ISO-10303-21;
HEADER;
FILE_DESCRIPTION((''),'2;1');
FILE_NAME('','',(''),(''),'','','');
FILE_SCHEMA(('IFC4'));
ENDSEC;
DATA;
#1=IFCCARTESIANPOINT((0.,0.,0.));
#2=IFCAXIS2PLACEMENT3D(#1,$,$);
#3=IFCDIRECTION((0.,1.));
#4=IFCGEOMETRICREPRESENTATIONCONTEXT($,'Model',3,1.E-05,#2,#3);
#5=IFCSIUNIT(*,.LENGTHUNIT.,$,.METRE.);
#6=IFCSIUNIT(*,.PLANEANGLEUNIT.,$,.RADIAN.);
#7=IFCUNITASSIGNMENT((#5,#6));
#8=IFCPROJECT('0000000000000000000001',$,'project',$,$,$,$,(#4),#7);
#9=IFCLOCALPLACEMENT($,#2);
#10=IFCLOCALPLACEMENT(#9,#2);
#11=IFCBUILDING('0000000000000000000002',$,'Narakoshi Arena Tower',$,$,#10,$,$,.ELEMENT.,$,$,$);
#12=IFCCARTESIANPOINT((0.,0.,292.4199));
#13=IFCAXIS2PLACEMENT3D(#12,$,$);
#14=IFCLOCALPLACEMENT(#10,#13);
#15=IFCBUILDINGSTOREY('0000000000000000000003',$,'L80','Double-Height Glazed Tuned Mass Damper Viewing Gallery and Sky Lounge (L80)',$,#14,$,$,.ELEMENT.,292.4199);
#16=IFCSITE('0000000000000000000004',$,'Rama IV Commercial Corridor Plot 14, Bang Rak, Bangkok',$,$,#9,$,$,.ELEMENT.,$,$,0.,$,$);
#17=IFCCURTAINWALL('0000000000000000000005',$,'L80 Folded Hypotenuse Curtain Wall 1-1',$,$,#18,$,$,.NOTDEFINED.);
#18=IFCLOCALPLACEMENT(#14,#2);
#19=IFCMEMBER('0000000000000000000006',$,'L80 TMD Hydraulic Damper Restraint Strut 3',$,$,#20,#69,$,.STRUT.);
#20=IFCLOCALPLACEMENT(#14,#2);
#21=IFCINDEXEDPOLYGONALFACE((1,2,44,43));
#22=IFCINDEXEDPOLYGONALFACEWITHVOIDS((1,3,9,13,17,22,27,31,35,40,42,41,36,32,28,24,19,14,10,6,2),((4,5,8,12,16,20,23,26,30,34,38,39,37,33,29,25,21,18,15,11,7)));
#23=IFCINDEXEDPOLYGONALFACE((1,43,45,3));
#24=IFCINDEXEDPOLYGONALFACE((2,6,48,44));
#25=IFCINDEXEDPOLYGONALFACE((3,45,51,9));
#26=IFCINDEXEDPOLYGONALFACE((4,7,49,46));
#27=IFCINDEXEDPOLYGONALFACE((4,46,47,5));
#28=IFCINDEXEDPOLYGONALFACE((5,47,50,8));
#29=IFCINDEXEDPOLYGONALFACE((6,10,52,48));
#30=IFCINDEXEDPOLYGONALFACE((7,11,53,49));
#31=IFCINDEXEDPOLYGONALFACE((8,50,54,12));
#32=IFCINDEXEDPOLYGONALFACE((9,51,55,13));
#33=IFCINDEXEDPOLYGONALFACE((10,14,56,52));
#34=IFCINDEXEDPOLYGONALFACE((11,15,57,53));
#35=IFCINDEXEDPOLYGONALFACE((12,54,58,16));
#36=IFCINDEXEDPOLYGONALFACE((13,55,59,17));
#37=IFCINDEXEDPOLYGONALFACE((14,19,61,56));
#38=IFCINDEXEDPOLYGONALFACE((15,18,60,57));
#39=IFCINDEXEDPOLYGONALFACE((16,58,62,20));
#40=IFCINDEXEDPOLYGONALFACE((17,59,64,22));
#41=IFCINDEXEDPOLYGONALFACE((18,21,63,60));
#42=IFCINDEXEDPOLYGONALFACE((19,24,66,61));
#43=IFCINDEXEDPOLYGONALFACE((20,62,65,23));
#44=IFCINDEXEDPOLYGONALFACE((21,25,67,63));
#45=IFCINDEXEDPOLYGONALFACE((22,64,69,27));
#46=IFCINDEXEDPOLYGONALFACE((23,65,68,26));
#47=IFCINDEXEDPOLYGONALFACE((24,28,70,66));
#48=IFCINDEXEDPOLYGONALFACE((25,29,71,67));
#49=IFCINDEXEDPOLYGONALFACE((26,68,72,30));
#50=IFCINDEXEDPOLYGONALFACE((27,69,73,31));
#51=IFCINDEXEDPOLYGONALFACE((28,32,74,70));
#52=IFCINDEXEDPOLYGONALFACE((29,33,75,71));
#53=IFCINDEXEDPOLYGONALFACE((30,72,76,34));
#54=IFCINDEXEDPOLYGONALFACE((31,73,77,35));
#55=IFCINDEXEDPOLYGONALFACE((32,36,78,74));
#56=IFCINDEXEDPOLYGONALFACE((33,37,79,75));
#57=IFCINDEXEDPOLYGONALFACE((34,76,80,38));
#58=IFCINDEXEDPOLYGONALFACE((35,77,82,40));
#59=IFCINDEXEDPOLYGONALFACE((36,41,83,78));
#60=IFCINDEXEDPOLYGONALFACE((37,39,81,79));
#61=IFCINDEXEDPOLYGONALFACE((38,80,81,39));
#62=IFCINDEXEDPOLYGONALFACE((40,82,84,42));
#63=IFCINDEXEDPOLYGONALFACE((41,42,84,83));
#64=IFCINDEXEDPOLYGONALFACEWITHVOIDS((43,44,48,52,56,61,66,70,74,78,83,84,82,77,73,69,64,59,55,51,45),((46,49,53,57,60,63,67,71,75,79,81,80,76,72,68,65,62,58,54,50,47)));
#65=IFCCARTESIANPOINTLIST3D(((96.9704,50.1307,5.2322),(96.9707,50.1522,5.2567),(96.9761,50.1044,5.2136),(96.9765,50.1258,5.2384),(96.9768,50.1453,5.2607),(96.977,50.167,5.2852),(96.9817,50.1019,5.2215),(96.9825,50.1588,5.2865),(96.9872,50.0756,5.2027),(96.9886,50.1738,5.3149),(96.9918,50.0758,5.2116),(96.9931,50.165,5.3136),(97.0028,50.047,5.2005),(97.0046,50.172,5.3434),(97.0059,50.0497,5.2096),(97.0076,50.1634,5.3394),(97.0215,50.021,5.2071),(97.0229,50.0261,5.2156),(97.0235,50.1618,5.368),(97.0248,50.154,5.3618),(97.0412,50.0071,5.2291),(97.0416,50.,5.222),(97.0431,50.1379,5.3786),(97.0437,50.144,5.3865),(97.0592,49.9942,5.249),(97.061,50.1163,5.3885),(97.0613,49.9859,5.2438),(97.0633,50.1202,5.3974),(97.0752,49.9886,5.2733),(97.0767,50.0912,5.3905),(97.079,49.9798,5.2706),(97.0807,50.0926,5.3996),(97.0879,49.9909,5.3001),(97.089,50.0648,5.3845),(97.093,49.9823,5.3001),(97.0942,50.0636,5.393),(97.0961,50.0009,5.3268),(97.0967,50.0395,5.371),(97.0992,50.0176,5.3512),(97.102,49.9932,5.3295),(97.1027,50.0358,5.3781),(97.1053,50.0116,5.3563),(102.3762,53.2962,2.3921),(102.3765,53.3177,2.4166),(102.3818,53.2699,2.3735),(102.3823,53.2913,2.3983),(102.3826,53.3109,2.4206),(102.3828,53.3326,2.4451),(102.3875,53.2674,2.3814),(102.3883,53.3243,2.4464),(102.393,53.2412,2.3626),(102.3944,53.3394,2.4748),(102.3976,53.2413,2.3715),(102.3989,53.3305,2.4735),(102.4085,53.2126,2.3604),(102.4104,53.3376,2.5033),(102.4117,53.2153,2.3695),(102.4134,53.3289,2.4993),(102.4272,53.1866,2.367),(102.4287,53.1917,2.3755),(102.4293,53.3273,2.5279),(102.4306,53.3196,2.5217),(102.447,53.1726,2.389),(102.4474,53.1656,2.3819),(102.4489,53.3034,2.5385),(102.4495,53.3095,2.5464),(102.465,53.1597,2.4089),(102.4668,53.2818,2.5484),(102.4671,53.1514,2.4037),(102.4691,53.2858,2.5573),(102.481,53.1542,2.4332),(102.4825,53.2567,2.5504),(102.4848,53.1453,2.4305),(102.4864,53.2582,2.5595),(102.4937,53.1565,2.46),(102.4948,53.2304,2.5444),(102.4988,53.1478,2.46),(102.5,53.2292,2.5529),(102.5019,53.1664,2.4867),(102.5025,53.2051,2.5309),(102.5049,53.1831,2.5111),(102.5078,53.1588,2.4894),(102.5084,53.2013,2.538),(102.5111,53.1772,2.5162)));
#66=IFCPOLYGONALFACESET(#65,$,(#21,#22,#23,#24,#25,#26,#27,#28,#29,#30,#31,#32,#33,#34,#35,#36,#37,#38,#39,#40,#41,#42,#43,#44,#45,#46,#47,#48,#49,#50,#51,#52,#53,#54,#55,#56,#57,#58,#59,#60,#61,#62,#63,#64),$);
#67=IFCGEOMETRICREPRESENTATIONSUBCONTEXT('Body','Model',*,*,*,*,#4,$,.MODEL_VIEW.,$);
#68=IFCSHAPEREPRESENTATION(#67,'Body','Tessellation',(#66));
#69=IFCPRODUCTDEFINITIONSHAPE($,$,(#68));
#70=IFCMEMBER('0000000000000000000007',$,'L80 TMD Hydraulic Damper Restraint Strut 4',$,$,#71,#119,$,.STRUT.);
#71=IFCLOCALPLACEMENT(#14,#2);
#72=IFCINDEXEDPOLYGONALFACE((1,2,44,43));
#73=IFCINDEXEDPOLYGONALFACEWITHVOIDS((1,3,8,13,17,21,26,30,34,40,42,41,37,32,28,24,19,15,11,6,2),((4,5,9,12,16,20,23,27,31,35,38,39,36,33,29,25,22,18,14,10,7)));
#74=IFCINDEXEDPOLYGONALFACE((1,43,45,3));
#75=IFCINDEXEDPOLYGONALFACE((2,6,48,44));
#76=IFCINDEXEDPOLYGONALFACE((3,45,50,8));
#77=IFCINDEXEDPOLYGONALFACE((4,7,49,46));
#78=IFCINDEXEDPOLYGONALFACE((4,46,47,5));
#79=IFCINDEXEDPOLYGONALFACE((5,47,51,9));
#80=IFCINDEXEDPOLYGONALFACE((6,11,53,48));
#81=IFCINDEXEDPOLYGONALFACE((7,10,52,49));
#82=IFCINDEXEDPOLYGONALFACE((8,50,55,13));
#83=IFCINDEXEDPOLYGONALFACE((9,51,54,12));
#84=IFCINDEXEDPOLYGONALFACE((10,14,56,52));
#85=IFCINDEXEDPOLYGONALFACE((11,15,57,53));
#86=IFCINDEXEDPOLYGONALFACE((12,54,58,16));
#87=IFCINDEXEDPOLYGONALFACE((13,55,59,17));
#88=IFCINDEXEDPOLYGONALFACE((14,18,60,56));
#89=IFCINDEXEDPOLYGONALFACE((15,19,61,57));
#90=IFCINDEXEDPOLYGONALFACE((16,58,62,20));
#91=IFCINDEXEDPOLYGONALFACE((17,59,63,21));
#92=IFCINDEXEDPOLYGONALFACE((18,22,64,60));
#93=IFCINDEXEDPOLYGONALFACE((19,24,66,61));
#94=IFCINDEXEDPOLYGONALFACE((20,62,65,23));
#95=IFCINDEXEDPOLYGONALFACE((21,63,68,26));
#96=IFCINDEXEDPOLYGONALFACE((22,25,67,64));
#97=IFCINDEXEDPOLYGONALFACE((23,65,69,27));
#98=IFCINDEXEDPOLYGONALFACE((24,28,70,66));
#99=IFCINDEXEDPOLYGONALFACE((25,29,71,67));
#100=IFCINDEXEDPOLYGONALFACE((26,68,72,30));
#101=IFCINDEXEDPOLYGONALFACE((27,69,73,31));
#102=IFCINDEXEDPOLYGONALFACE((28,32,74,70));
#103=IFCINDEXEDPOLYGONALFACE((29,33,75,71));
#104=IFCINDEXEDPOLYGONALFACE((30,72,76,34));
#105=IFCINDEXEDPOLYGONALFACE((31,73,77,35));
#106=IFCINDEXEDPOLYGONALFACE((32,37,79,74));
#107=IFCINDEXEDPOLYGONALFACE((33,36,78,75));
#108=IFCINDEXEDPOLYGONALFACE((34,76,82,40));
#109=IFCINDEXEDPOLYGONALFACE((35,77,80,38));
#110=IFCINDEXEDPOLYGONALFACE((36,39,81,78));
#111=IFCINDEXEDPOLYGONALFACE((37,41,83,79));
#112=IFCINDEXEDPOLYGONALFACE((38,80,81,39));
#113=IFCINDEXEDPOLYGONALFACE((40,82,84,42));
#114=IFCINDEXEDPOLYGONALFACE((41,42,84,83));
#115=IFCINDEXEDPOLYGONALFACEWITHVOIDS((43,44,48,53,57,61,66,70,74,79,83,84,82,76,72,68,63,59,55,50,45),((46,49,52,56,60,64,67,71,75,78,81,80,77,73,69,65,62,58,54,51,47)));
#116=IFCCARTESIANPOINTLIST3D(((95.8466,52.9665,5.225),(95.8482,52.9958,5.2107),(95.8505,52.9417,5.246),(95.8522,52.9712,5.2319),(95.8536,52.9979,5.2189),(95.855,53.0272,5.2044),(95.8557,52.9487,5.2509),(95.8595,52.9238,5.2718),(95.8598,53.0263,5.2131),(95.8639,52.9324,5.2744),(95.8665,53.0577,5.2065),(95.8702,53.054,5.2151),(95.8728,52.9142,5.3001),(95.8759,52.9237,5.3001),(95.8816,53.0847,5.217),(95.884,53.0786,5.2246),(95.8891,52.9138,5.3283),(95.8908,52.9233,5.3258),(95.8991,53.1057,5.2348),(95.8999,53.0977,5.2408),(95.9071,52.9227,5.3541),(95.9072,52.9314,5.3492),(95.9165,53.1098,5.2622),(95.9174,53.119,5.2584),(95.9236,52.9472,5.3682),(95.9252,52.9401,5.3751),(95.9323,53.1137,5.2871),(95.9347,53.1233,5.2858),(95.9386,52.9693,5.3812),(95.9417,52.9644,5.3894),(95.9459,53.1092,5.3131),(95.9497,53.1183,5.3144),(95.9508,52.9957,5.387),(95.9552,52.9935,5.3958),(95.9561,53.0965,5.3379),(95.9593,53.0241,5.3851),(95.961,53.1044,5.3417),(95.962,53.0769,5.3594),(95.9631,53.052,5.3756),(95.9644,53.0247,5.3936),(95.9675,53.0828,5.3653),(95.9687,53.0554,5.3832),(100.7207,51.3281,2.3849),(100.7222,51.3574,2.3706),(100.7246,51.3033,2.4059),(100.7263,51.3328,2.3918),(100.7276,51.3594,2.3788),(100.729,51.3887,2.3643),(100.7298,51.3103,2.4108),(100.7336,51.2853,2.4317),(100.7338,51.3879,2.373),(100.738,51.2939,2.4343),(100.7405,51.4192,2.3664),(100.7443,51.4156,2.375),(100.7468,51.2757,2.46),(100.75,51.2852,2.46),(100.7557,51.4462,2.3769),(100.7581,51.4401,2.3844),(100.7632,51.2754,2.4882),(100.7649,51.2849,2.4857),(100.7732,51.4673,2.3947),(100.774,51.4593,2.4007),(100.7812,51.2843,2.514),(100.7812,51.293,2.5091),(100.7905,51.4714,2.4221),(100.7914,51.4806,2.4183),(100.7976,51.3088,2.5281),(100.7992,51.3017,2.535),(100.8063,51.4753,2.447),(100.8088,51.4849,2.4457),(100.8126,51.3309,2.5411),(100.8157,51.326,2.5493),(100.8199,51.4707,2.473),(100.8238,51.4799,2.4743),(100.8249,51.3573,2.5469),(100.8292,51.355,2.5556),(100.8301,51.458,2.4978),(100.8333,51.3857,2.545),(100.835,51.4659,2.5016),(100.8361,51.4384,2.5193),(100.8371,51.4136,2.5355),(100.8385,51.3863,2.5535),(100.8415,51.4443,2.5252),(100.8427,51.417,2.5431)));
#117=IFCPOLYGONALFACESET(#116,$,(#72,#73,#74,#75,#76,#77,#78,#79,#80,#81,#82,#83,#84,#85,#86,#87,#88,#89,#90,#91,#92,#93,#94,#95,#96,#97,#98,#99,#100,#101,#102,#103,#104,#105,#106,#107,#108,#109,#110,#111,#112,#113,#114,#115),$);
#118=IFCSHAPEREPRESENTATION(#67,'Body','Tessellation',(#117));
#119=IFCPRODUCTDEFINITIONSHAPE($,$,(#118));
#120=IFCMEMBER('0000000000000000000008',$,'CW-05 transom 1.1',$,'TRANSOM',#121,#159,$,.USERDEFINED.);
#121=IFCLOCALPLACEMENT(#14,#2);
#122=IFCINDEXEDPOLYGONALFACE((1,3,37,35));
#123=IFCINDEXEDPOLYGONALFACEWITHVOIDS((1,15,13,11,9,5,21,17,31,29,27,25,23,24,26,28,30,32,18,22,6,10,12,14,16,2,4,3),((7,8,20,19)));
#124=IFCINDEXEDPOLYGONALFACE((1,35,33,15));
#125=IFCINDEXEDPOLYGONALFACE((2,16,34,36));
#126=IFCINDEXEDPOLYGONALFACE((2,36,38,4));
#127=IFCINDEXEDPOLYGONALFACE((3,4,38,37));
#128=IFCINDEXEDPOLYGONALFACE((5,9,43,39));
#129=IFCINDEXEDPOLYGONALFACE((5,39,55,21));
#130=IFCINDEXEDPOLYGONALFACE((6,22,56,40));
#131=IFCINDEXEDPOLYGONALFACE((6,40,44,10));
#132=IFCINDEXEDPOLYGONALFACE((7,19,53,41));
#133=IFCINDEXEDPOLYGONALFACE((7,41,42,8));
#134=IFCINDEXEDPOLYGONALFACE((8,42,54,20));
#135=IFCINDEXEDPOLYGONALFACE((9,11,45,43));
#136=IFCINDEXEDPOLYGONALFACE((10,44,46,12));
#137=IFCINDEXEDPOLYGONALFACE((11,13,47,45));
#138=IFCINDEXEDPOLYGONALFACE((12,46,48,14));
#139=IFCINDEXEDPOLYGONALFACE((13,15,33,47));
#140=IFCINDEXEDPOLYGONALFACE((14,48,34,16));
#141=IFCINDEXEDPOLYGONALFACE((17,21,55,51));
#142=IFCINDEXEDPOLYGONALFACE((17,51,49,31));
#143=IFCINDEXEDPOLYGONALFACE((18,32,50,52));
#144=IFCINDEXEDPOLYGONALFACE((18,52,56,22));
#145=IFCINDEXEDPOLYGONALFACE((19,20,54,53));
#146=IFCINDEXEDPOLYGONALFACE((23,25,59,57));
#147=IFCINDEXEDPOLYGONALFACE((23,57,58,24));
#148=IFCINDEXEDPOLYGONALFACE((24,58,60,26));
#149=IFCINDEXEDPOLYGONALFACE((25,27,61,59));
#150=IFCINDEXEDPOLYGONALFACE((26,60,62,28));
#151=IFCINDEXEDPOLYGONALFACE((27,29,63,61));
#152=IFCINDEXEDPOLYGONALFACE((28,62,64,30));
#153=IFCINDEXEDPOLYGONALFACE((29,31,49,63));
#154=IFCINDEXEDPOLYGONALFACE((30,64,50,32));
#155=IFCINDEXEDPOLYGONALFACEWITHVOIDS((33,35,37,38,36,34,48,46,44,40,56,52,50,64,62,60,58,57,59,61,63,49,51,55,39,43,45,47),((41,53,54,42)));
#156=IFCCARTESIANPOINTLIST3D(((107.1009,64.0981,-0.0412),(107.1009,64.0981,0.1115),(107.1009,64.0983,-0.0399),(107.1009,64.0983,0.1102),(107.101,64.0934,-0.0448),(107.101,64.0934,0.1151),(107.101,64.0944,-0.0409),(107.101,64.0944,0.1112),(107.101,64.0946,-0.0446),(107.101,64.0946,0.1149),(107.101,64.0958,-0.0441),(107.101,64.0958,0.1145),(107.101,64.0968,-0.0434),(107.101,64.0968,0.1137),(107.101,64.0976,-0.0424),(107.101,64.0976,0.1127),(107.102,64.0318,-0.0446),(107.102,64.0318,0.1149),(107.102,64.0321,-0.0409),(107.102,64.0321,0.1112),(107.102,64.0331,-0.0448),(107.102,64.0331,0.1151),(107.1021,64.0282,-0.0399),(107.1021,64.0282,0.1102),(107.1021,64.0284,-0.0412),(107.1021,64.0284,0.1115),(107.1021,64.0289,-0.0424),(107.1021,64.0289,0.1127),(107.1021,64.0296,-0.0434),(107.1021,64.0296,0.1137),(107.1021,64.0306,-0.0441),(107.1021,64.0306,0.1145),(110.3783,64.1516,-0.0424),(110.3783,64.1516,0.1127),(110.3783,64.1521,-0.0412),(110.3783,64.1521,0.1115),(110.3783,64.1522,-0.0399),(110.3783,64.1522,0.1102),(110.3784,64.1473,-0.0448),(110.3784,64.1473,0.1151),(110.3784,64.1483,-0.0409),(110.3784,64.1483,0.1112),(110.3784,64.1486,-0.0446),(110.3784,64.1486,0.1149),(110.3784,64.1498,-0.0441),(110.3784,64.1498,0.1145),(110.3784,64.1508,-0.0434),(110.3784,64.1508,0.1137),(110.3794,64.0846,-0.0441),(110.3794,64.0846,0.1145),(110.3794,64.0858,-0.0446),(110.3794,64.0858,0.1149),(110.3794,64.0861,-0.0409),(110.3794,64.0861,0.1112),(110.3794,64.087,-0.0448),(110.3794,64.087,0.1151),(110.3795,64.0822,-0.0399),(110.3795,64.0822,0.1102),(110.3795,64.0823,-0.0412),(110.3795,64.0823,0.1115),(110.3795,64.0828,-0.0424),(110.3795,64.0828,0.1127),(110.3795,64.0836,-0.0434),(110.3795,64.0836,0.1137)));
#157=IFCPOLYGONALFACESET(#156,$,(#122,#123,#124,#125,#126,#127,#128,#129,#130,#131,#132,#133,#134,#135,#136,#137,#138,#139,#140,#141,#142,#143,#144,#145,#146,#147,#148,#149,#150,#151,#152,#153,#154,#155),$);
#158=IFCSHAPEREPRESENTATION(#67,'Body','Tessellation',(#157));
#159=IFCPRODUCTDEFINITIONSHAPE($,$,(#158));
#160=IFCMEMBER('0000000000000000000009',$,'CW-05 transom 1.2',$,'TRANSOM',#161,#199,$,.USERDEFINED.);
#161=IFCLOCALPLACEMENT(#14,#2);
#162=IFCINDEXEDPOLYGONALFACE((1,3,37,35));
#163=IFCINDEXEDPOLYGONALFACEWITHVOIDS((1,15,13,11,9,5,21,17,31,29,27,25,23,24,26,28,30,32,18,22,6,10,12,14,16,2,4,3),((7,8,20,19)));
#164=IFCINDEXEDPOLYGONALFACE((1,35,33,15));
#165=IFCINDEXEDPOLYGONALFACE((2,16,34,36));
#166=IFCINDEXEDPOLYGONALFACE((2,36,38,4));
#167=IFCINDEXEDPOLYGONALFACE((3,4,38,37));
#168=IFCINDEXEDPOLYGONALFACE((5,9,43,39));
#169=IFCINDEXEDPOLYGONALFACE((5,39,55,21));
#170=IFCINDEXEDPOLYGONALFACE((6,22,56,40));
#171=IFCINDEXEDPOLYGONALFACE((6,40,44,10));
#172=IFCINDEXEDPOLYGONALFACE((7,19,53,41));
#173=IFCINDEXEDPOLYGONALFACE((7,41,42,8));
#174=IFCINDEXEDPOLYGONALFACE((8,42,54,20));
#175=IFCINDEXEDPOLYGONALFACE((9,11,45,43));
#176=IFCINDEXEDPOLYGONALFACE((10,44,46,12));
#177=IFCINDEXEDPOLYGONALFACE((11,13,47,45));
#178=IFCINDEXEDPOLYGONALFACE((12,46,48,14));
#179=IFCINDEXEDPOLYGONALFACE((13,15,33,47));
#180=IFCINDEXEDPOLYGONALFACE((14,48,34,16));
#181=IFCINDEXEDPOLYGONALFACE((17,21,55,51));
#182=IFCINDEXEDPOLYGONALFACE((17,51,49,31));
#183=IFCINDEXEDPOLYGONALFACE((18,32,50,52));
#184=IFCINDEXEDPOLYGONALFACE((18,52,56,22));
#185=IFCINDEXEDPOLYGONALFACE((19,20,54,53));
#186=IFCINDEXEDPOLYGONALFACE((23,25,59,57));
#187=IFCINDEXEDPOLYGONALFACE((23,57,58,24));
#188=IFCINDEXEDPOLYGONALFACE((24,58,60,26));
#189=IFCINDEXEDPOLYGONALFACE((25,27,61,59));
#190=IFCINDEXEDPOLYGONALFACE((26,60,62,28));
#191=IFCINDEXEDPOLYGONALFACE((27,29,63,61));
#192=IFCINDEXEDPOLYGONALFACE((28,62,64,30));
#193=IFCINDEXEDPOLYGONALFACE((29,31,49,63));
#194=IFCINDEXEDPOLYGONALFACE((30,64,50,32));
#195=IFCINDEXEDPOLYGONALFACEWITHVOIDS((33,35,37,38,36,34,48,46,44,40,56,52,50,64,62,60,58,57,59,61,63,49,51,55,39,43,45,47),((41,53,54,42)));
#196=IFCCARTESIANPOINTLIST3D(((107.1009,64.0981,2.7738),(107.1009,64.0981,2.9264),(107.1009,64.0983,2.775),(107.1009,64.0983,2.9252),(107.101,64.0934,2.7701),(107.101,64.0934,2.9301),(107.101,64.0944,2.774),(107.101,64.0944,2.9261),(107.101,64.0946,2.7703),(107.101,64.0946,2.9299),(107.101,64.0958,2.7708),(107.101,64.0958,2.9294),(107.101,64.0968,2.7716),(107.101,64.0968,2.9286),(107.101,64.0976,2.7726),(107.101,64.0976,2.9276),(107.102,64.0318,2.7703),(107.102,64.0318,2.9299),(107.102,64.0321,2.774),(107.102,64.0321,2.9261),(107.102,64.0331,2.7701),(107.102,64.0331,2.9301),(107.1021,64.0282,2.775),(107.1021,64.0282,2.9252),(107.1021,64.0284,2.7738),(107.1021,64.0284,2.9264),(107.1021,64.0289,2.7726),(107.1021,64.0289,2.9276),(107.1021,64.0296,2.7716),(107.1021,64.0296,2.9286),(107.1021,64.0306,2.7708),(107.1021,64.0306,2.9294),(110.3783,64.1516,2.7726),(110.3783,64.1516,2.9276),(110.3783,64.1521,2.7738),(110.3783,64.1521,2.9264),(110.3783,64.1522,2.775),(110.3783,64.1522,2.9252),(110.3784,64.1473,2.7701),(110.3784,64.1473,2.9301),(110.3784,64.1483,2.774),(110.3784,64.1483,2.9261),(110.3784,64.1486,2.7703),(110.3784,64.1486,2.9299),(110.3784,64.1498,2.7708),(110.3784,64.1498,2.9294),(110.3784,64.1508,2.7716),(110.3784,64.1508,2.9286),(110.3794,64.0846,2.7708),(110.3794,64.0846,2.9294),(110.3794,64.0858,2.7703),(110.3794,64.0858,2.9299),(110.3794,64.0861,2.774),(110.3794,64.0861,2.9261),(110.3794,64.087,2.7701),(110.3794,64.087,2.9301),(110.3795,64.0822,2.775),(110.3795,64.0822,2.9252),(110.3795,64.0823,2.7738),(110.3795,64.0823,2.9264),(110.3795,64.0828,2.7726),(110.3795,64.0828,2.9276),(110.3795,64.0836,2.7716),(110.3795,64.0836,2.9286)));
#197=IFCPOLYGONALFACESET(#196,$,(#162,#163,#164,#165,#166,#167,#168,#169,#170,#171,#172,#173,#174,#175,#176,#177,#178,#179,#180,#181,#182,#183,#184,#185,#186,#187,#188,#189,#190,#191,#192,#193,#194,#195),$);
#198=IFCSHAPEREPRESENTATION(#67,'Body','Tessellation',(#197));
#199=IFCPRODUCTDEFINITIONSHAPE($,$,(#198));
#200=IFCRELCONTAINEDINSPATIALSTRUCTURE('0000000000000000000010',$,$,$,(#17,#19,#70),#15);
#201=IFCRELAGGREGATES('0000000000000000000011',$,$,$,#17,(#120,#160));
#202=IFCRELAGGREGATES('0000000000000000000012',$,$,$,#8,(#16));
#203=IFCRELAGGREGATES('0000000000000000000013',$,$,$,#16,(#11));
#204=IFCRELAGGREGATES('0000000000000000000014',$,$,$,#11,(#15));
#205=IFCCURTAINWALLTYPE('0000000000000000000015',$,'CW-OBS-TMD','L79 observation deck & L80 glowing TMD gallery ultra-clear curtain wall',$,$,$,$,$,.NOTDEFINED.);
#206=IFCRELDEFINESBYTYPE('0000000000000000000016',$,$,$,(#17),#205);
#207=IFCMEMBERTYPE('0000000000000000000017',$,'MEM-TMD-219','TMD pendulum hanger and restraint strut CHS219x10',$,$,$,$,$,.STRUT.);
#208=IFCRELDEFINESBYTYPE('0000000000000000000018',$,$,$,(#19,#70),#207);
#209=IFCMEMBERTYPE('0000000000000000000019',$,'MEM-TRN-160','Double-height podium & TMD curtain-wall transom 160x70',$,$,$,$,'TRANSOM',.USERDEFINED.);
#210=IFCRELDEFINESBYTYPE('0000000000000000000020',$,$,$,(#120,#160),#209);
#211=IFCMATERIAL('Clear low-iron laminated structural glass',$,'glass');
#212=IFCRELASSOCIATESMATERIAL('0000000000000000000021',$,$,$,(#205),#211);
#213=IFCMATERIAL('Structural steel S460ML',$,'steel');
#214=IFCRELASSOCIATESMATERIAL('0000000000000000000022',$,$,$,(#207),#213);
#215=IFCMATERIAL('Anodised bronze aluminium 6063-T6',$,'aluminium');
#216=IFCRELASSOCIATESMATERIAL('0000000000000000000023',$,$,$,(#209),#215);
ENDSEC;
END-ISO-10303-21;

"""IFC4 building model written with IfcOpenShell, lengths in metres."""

from ifc_helpers import new_model, si_unit, direction, frame, origin, origin_2d, place, context, subcontext, project, spatial, hollow_rectangle, hollow_circle, extrude, material, material_profile, profile_set, type_object, element, aggregate, save


model = new_model("IFC4")

# Units and contexts
model_context = context("Model", 3, precision=1e-05, world=origin(), true_north=direction((0.0, 1.0)))
body_context = subcontext(model_context, "Body", "Model", "MODEL_VIEW")
ifc_project = project(units=[si_unit("LENGTHUNIT", "METRE"), si_unit("PLANEANGLEUNIT", "RADIAN")], contexts=[model_context])

# Site, building, storey
site_placement = place(None, origin())
site = spatial("IfcSite", under=ifc_project, at=site_placement, Name="Rama IV Commercial Corridor Plot 14, Bang Rak, Bangkok", CompositionType="ELEMENT", RefElevation=0.0)
building_placement = place(site_placement, origin())
building = spatial("IfcBuilding", under=site, at=building_placement, Name="Narakoshi Arena Tower", CompositionType="ELEMENT")
storey_placement = place(building_placement, frame((0.0, 0.0, 292.4199)))
storey = spatial("IfcBuildingStorey", under=building, at=storey_placement, Name="L80", Description="Double-Height Glazed Tuned Mass Damper Viewing Gallery and Sky Lounge (L80)", CompositionType="ELEMENT", Elevation=292.4199)

# Curtain wall
ifc_material_1 = material(Name="Clear low-iron laminated structural glass", Category="glass")
curtain_wall_type = type_object("IfcCurtainWallType", Name="CW-OBS-TMD", Description="L79 observation deck & L80 glowing TMD gallery ultra-clear curtain wall", PredefinedType="NOTDEFINED", material=ifc_material_1)
curtain_wall_placement = place(storey_placement, origin())
curtain_wall = element("IfcCurtainWall", 1, at=curtain_wall_placement, inside=storey, type_object=curtain_wall_type, Name="L80 Folded Hypotenuse Curtain Wall 1-1", PredefinedType="NOTDEFINED")
ifc_material_2 = material(Name="Anodised bronze aluminium 6063-T6", Category="aluminium")

# Members
ifc_material_3 = material(Name="Structural steel S460ML", Category="steel")
ifc_material_profile_1 = material_profile(ifc_material_3, hollow_circle(Radius=0.1096, WallThickness=0.01, at=origin_2d()), Name="CHS219x10")
ifc_profile_set_1 = profile_set([ifc_material_profile_1], Name="Structural steel S460ML")
member_type_1 = type_object("IfcMemberType", Name="MEM-TMD-219", Description="TMD pendulum hanger and restraint strut CHS219x10", PredefinedType="STRUT", material=ifc_profile_set_1)
member_1_placement = place(storey_placement, frame((102.4434, 53.2424, 2.46), z_axis=(-0.785933, -0.46023, 0.412915), x_axis=(0.505319, -0.862932, 0.0)))
element("IfcMember", 2, at=member_1_placement, inside=storey, type_object=member_type_1, Name="L80 TMD Hydraulic Damper Restraint Strut 3", PredefinedType="STRUT", context=body_context, shape_type="SweptSolid", body=[
    extrude(hollow_circle(Radius=0.1096, WallThickness=0.01, at=origin_2d()), origin(), (0.0, 0.0, 1.0), 6.8782),
])
member_2_placement = place(storey_placement, frame((100.7817, 51.3796, 2.46), z_axis=(-0.829729, 0.278918, 0.483482), x_axis=(-0.318634, -0.947878, 0.0)))
element("IfcMember", 3, at=member_2_placement, inside=storey, type_object=member_type_1, Name="L80 TMD Hydraulic Damper Restraint Strut 4", PredefinedType="STRUT", context=body_context, shape_type="SweptSolid", body=[
    extrude(hollow_circle(Radius=0.1096, WallThickness=0.01, at=origin_2d()), origin(), (0.0, 0.0, 1.0), 5.8743),
])

# Members
ifc_material_profile_2 = material_profile(ifc_material_2, hollow_rectangle(XDim=0.0701, YDim=0.1599, WallThickness=0.0039, OuterFilletRadius=0.0049, at=origin_2d()), Name="TRN160x70x4")
ifc_profile_set_2 = profile_set([ifc_material_profile_2], Name="Anodised bronze aluminium 6063-T6")
member_type_2 = type_object("IfcMemberType", Name="MEM-TRN-160", Description="Double-height podium & TMD curtain-wall transom 160x70", ElementType="TRANSOM", PredefinedType="USERDEFINED", material=ifc_profile_set_2)
member_3_placement = place(storey_placement, frame((110.3789, 64.1172, 0.0352), z_axis=(-0.999865, -0.016461, 0.0), x_axis=(0.016461, -0.999865, 0.0)))
member_3 = element("IfcMember", 4, at=member_3_placement, type_object=member_type_2, Name="CW-05 transom 1.1", ObjectType="TRANSOM", PredefinedType="USERDEFINED", context=body_context, shape_type="SweptSolid", body=[
    extrude(hollow_rectangle(XDim=0.0701, YDim=0.1599, WallThickness=0.0039, OuterFilletRadius=0.0049, at=origin_2d()), origin(), (0.0, 0.0, 1.0), 3.2778),
])
member_4_placement = place(storey_placement, frame((110.3789, 64.1172, 2.8501), z_axis=(-0.999865, -0.016461, 0.0), x_axis=(0.016461, -0.999865, 0.0)))
member_4 = element("IfcMember", 5, at=member_4_placement, type_object=member_type_2, Name="CW-05 transom 1.2", ObjectType="TRANSOM", PredefinedType="USERDEFINED", context=body_context, shape_type="SweptSolid", body=[
    extrude(hollow_rectangle(XDim=0.0701, YDim=0.1599, WallThickness=0.0039, OuterFilletRadius=0.0049, at=origin_2d()), origin(), (0.0, 0.0, 1.0), 3.2778),
])

aggregate(curtain_wall, [member_3, member_4])

save(model, "model.ifc")
